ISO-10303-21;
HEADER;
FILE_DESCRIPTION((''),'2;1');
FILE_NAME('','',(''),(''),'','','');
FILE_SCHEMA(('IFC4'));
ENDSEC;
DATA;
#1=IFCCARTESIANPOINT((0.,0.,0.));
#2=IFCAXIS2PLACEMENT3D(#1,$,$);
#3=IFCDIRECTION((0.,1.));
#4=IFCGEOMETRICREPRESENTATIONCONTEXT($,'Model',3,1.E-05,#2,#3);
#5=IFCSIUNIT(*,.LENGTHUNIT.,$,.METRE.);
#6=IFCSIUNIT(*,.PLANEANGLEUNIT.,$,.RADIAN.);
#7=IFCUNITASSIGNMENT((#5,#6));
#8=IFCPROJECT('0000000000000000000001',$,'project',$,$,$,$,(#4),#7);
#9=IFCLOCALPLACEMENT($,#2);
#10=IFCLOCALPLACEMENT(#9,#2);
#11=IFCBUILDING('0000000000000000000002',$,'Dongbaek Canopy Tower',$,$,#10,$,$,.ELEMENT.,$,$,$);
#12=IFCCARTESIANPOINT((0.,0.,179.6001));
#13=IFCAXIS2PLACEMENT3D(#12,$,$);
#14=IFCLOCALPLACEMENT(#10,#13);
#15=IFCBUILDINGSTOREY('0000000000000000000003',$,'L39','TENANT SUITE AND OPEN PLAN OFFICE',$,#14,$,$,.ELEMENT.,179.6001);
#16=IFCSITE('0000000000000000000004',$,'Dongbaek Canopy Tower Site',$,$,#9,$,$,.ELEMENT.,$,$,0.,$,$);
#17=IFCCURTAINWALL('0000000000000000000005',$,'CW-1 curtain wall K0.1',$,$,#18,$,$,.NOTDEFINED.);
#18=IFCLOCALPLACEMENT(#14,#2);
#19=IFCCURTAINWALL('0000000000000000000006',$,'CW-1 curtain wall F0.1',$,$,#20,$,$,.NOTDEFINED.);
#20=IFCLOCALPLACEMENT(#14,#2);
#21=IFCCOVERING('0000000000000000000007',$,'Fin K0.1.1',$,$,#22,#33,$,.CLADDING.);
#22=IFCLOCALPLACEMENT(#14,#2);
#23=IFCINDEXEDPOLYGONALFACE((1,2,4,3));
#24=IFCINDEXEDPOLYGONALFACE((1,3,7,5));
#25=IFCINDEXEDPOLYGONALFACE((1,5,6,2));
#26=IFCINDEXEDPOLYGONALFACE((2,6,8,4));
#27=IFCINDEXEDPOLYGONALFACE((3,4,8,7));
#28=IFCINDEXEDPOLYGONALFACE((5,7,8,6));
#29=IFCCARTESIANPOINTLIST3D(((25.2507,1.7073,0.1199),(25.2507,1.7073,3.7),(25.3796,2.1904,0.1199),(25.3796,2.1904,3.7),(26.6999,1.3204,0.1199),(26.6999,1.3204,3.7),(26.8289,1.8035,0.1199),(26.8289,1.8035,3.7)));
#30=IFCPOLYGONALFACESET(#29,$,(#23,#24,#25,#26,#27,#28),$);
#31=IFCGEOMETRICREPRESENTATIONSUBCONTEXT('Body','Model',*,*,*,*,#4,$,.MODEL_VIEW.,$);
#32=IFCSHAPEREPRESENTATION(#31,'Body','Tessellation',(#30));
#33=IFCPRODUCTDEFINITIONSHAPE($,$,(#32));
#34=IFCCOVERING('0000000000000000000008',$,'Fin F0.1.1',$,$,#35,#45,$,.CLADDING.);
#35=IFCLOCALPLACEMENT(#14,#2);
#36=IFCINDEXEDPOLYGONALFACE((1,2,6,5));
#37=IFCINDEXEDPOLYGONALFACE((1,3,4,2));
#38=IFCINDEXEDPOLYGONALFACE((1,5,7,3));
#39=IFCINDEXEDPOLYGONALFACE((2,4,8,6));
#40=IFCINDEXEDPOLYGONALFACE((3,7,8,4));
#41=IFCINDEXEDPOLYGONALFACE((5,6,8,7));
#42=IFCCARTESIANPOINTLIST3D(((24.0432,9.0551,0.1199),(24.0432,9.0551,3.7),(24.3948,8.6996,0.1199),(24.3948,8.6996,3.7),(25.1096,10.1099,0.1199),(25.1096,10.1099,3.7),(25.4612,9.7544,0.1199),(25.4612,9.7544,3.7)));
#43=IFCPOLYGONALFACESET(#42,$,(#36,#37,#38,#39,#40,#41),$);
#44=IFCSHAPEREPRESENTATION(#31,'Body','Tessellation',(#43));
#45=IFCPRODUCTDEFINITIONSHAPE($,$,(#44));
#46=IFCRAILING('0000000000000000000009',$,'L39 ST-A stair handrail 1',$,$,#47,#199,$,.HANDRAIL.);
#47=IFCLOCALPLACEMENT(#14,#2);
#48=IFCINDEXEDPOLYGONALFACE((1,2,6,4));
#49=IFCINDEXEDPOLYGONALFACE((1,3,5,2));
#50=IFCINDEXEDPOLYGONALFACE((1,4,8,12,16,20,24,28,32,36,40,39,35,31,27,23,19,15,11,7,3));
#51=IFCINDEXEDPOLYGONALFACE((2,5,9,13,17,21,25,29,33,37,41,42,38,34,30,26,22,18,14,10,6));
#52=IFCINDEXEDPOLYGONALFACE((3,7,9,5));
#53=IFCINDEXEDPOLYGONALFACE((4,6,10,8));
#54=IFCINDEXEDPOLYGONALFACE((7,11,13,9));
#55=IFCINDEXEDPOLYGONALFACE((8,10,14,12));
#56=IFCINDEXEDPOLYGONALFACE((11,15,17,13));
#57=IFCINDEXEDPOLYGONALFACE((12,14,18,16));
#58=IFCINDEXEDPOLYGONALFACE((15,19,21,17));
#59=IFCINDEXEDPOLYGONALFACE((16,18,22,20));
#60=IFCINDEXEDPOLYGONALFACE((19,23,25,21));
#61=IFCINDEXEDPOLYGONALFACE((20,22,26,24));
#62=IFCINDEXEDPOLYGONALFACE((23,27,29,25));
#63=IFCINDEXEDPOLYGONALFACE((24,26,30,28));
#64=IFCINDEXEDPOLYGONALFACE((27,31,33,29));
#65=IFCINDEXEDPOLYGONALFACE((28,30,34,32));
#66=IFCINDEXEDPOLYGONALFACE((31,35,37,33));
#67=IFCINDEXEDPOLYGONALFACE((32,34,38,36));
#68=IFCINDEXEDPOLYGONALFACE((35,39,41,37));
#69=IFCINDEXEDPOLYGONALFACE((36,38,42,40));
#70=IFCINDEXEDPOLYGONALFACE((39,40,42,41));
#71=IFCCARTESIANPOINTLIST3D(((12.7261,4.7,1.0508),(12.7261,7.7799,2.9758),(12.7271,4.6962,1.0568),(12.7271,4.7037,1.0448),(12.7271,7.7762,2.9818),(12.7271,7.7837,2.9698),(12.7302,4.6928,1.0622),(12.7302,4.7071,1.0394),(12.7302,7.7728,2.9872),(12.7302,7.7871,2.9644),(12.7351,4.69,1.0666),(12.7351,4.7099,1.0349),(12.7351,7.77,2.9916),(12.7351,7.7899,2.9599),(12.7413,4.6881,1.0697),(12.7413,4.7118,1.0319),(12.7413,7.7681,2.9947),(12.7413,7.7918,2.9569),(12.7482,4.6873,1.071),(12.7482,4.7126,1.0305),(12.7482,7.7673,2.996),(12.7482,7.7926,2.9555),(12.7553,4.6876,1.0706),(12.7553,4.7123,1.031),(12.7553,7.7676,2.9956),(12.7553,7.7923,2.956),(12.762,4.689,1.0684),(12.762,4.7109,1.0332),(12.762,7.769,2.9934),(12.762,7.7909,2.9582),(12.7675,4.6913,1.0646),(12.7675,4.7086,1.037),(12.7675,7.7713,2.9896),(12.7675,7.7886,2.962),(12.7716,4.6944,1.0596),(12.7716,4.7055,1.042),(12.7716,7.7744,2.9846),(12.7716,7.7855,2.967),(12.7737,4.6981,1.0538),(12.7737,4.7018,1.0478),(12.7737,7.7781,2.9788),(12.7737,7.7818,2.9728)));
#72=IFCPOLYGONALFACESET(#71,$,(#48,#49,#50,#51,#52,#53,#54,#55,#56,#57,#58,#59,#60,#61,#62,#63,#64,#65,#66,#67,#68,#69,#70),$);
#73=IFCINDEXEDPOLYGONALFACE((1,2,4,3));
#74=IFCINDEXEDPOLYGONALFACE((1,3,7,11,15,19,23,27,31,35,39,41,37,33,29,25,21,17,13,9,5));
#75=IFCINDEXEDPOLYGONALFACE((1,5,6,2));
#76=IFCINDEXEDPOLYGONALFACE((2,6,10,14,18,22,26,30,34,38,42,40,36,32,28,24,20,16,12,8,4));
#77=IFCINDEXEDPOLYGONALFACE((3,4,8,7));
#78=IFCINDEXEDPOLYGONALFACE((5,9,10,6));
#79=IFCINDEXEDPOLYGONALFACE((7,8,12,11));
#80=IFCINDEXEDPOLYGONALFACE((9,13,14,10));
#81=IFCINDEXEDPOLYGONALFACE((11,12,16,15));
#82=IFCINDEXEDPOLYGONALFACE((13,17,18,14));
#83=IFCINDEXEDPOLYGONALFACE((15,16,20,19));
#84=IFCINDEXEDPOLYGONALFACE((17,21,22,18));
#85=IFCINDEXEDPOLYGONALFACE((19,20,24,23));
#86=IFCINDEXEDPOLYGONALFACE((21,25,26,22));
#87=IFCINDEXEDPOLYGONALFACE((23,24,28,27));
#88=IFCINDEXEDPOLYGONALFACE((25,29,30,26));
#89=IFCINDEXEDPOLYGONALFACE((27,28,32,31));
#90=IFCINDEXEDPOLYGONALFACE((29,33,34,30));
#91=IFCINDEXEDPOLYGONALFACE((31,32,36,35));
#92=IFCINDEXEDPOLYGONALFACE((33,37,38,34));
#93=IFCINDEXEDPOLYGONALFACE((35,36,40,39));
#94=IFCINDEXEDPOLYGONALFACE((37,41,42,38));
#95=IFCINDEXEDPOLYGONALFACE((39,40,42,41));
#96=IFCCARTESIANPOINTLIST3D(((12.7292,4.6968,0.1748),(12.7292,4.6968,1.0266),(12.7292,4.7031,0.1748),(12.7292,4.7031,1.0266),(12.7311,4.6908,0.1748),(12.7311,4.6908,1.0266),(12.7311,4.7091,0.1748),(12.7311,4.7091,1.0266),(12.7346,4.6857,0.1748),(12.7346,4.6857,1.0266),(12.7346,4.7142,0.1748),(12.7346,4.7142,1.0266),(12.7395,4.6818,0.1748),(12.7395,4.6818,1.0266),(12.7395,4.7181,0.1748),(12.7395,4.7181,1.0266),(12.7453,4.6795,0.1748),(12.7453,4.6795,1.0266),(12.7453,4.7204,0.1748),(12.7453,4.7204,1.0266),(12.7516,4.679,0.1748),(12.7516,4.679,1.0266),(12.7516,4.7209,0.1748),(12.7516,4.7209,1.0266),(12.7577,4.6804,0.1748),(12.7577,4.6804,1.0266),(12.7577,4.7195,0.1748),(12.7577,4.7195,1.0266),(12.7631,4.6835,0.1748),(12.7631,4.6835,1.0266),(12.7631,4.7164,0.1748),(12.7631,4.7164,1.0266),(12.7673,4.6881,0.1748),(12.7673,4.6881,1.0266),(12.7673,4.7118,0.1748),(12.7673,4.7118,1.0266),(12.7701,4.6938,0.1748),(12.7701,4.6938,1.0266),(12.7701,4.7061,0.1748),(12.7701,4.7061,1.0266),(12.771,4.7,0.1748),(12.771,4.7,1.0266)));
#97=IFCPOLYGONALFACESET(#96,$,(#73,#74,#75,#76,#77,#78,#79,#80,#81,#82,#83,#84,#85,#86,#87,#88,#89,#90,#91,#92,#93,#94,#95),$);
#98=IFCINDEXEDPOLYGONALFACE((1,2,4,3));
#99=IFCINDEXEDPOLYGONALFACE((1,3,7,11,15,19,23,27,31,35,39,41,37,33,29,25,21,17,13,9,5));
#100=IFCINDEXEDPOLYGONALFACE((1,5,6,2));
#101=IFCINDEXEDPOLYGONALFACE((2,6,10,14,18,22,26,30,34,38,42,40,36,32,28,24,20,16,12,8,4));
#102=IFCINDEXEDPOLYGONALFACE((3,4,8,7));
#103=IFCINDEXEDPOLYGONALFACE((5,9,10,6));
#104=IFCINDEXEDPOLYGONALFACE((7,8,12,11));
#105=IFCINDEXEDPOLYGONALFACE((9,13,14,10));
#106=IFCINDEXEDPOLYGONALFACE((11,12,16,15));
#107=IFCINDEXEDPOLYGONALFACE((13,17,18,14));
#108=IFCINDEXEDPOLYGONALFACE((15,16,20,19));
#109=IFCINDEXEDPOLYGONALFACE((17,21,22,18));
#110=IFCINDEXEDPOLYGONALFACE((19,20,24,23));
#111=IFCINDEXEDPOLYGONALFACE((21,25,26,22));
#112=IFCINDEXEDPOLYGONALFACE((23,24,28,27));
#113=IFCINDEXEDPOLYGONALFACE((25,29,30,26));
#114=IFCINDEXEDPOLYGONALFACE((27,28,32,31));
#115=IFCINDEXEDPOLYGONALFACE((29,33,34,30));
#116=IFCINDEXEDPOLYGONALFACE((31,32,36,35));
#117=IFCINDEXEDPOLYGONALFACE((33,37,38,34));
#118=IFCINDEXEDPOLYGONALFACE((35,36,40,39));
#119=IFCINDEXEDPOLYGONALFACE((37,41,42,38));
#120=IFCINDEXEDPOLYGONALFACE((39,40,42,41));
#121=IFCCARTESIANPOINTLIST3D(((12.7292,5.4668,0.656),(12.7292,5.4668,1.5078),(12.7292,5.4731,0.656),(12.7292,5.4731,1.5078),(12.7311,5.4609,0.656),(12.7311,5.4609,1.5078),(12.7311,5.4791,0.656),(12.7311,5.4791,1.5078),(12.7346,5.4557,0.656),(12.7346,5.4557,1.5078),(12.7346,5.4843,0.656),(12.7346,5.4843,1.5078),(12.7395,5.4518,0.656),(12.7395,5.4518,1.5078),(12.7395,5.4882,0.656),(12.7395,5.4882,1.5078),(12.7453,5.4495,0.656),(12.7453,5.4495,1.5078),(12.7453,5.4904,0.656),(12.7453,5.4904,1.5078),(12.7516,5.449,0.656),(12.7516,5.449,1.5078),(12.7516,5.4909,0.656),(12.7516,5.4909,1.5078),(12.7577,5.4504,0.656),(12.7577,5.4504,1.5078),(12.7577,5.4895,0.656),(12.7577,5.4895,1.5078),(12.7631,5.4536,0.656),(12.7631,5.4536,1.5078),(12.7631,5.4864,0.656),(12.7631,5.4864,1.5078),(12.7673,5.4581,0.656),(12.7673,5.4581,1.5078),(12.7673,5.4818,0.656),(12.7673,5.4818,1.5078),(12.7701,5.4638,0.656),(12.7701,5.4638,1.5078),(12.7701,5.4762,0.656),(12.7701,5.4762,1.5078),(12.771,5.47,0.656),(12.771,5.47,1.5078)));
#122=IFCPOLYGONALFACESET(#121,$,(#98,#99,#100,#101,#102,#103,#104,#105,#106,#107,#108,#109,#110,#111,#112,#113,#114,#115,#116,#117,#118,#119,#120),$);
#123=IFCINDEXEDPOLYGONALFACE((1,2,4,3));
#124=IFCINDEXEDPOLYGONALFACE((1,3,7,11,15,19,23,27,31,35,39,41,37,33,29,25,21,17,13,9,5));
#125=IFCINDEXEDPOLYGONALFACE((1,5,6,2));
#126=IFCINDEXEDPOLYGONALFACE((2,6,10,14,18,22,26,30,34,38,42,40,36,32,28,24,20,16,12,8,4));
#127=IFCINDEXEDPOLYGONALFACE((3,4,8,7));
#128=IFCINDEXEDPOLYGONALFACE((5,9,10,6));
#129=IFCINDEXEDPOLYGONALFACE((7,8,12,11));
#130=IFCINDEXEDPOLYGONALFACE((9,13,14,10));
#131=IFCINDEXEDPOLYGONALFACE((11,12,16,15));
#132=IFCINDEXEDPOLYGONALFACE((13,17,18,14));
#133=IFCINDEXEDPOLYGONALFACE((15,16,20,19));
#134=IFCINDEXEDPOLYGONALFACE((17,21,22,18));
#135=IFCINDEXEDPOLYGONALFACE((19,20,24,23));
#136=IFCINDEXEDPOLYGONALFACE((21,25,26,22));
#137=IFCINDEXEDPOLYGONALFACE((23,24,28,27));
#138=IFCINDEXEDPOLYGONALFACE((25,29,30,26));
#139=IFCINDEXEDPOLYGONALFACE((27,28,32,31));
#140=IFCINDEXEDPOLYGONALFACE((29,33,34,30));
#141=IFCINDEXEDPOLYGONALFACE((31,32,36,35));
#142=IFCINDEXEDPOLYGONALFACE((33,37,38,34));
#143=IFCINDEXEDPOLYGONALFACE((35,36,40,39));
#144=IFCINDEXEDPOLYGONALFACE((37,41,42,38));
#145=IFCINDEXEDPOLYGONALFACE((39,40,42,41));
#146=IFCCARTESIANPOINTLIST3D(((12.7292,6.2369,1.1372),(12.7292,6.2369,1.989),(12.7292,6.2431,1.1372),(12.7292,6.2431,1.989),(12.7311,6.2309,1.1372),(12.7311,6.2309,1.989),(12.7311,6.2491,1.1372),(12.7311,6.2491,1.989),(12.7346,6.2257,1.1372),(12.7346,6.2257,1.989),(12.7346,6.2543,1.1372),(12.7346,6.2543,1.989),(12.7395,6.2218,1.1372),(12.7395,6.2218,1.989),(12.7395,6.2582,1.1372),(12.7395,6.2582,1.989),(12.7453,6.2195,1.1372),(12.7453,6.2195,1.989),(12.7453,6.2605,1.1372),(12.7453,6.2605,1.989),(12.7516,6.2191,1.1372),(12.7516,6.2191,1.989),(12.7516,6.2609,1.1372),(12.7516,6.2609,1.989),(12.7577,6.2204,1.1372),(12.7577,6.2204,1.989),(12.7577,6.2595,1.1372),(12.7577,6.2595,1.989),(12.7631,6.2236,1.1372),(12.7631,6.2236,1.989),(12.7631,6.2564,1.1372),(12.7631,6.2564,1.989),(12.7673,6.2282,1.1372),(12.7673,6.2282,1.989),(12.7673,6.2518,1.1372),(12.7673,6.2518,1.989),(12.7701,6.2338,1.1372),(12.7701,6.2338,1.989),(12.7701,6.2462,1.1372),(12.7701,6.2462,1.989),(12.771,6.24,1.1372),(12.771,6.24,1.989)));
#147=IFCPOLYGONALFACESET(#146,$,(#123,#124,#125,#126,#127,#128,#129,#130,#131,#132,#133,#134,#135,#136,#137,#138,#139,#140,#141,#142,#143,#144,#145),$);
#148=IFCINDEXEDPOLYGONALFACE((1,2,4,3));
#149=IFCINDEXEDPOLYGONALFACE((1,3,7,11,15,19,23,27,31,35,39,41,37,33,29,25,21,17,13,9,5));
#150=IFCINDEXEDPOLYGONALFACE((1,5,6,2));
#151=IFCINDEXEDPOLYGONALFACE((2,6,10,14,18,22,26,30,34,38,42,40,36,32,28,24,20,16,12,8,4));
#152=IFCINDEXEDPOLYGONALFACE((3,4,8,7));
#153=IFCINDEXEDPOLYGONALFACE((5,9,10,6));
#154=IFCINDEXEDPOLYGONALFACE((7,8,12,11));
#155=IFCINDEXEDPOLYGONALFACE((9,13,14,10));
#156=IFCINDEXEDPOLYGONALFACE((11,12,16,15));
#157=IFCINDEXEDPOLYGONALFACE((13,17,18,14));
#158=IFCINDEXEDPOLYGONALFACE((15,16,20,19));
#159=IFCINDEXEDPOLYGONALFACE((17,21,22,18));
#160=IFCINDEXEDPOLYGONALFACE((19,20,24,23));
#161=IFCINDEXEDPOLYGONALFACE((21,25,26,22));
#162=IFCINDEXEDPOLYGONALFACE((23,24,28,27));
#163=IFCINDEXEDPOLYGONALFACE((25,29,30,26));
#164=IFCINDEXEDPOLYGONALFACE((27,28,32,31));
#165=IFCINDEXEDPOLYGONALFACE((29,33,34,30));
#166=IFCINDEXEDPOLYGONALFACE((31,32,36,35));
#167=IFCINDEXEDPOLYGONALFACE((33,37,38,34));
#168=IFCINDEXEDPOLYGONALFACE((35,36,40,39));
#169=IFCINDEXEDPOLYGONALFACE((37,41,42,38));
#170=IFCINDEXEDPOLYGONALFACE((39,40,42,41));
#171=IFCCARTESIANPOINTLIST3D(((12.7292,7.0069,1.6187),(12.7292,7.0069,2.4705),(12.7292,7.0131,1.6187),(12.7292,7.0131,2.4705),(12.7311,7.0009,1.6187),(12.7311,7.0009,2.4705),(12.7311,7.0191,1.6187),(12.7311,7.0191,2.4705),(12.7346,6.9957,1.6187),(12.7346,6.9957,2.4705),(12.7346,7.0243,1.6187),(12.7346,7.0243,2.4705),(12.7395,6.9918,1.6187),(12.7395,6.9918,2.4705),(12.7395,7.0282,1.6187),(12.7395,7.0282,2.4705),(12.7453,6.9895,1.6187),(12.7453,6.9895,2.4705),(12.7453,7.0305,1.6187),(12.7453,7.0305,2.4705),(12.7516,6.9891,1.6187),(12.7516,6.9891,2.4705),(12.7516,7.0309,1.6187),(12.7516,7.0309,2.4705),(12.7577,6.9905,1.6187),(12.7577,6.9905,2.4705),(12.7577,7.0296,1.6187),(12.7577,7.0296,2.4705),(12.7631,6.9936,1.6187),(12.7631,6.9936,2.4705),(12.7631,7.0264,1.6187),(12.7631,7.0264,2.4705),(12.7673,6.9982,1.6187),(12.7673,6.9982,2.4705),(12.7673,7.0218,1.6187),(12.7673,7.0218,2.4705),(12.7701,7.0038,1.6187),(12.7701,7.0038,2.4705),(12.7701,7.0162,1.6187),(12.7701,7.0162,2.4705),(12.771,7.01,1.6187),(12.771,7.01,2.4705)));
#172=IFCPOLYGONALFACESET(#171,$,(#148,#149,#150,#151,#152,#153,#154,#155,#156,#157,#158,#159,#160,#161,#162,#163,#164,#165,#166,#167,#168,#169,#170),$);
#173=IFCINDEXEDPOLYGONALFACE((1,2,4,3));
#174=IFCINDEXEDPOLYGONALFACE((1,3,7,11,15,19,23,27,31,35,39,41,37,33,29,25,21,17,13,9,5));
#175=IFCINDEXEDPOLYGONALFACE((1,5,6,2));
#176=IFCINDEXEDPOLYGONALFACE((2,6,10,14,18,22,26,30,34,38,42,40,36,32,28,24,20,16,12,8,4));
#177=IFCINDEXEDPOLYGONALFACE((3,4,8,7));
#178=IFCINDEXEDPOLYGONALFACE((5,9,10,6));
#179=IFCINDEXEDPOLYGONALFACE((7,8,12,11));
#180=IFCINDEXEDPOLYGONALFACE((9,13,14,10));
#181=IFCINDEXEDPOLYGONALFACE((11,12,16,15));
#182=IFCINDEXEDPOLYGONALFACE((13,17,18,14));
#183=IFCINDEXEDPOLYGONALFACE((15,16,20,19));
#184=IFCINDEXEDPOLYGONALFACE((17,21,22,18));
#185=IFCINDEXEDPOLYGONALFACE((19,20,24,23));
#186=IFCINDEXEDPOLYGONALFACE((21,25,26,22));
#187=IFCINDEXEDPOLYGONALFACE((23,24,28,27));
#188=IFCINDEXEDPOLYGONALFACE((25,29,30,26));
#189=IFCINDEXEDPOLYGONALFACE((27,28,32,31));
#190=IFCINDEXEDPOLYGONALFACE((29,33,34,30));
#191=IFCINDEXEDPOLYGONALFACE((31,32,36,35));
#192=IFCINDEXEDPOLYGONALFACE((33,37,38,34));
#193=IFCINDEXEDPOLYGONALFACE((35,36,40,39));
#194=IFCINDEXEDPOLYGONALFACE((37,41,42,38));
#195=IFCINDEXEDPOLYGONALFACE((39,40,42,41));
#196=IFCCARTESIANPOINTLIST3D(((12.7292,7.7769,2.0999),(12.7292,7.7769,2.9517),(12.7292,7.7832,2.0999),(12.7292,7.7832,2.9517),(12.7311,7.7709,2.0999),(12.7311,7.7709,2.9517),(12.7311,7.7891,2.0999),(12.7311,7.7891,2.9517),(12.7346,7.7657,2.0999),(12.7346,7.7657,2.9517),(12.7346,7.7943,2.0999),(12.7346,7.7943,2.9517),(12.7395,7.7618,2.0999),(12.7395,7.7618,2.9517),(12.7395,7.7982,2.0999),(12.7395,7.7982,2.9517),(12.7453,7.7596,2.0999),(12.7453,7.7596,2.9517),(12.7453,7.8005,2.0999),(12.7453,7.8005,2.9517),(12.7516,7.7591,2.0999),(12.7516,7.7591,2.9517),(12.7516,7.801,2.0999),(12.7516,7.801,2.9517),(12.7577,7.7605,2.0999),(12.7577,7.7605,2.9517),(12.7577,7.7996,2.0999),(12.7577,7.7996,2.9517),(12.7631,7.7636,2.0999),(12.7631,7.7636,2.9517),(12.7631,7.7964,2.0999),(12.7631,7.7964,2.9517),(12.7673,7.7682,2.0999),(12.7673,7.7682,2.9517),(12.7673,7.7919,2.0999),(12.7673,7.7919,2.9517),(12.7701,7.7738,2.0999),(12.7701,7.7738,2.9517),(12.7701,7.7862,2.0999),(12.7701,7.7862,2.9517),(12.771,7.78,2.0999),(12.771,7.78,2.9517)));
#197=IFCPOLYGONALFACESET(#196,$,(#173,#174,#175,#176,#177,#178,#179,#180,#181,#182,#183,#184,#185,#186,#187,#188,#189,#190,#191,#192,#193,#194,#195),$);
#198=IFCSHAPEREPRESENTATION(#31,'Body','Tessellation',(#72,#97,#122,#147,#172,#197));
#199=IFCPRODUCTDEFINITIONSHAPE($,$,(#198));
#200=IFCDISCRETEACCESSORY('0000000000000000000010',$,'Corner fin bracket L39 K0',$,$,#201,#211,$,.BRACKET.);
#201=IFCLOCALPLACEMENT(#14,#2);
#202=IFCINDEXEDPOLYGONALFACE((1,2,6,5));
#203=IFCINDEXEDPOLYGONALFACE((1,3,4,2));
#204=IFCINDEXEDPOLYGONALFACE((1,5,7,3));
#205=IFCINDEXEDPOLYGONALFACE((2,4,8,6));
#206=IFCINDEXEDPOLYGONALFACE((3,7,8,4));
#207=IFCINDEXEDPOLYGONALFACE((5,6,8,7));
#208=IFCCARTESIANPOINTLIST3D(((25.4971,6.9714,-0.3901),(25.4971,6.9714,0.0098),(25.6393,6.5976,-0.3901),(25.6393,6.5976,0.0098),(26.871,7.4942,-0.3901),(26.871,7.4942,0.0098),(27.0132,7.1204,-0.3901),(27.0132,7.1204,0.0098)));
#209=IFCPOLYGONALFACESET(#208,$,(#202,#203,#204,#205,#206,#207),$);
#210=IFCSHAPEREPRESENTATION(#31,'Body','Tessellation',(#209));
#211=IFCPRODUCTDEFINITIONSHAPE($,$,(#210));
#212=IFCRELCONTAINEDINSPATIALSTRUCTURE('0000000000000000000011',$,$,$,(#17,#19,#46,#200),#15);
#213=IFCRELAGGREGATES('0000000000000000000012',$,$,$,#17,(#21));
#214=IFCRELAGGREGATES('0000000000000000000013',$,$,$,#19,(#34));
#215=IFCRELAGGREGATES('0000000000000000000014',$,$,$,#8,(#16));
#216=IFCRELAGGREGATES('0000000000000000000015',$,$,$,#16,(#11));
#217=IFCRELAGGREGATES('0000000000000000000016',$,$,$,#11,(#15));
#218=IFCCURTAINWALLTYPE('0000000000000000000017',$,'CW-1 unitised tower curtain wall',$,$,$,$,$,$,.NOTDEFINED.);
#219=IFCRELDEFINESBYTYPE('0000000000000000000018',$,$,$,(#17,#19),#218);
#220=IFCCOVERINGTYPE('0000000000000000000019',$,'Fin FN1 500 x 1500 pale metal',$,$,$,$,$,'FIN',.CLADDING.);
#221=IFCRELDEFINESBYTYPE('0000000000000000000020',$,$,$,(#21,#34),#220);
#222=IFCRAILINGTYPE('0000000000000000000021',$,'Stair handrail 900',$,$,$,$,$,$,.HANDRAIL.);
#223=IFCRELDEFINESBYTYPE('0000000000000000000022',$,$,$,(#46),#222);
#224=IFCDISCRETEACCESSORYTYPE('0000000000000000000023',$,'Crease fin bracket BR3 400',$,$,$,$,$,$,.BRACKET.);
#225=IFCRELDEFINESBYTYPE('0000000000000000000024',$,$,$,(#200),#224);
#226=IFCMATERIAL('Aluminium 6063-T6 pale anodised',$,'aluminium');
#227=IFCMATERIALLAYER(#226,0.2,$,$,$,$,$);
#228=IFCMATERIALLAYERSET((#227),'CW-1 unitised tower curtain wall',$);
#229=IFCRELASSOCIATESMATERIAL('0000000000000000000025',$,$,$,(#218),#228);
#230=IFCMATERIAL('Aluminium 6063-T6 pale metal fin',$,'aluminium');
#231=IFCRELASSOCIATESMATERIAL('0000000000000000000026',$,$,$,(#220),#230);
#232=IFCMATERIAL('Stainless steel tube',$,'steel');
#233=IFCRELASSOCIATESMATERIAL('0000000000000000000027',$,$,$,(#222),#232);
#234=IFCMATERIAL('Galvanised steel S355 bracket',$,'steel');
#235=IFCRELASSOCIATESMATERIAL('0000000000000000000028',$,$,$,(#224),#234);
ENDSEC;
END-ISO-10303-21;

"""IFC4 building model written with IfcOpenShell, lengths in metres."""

from ifc_helpers import new_model, si_unit, direction, frame, origin, origin_2d, place, context, subcontext, project, spatial, rectangle, circle, extrude, material, layer, layer_set, material_profile, profile_set, type_object, element, aggregate, save


model = new_model("IFC4")

# Units and contexts
model_context = context("Model", 3, precision=1e-05, world=origin(), true_north=direction((0.0, 1.0)))
body_context = subcontext(model_context, "Body", "Model", "MODEL_VIEW")
ifc_project = project(units=[si_unit("LENGTHUNIT", "METRE"), si_unit("PLANEANGLEUNIT", "RADIAN")], contexts=[model_context])

# Site, building, storey
site_placement = place(None, origin())
site = spatial("IfcSite", under=ifc_project, at=site_placement, Name="Dongbaek Canopy Tower Site", CompositionType="ELEMENT", RefElevation=0.0)
building_placement = place(site_placement, origin())
building = spatial("IfcBuilding", under=site, at=building_placement, Name="Dongbaek Canopy Tower", CompositionType="ELEMENT")
storey_placement = place(building_placement, frame((0.0, 0.0, 179.6001)))
storey = spatial("IfcBuildingStorey", under=building, at=storey_placement, Name="L39", Description="TENANT SUITE AND OPEN PLAN OFFICE", CompositionType="ELEMENT", Elevation=179.6001)

# Curtain wall
ifc_material_1 = material(Name="Aluminium 6063-T6 pale anodised", Category="aluminium")
ifc_layer_1 = layer(ifc_material_1, 0.2)
ifc_layer_set_1 = layer_set([ifc_layer_1], Name="CW-1 unitised tower curtain wall")
curtain_wall_type = type_object("IfcCurtainWallType", Name="CW-1 unitised tower curtain wall", PredefinedType="NOTDEFINED", material=ifc_layer_set_1)
curtain_wall_1_placement = place(storey_placement, origin())
curtain_wall_1 = element("IfcCurtainWall", 1, at=curtain_wall_1_placement, inside=storey, type_object=curtain_wall_type, Name="CW-1 curtain wall K0.1", PredefinedType="NOTDEFINED")

# Curtain wall
curtain_wall_2_placement = place(storey_placement, origin())
curtain_wall_2 = element("IfcCurtainWall", 2, at=curtain_wall_2_placement, inside=storey, type_object=curtain_wall_type, Name="CW-1 curtain wall F0.1", PredefinedType="NOTDEFINED")

# Coverings
ifc_material_2 = material(Name="Aluminium 6063-T6 pale metal fin", Category="aluminium")
ifc_material_profile_1 = material_profile(ifc_material_2, rectangle(XDim=1.5, YDim=0.5, at=origin_2d()), Name="Fin FN1 500 x 1500 pale metal")
ifc_profile_set_1 = profile_set([ifc_material_profile_1], Name="Aluminium 6063-T6 pale metal fin")
covering_type_1 = type_object("IfcCoveringType", Name="Fin FN1 500 x 1500 pale metal", ElementType="FIN", PredefinedType="CLADDING", material=ifc_profile_set_1)
covering_1_placement = place(storey_placement, frame((26.0398, 1.7554, 0.1199), z_axis=(0.0, 0.0, 1.0), x_axis=(0.966167, -0.257917, 0.0)))
covering_1 = element("IfcCovering", 3, at=covering_1_placement, type_object=covering_type_1, Name="Fin K0.1.1", PredefinedType="CLADDING", context=body_context, shape_type="SweptSolid", body=[
    extrude(rectangle(XDim=1.5, YDim=0.5, at=origin_2d()), origin(), (0.0, 0.0, 1.0), 3.5801),
])
aggregate(curtain_wall_1, [covering_1])
covering_2_placement = place(storey_placement, frame((24.7522, 9.4048, 0.1199), z_axis=(0.0, 0.0, 1.0), x_axis=(0.710991, 0.703201, 0.0)))
covering_2 = element("IfcCovering", 4, at=covering_2_placement, type_object=covering_type_1, Name="Fin F0.1.1", PredefinedType="CLADDING", context=body_context, shape_type="SweptSolid", body=[
    extrude(rectangle(XDim=1.5, YDim=0.5, at=origin_2d()), origin(), (0.0, 0.0, 1.0), 3.5801),
])
aggregate(curtain_wall_2, [covering_2])

# Railing
ifc_material_3 = material(Name="Stainless steel tube", Category="steel")
railing_type = type_object("IfcRailingType", Name="Stair handrail 900", PredefinedType="HANDRAIL", material=ifc_material_3)
railing_placement = place(storey_placement, frame((12.75, 4.7, 0.1748)))
element("IfcRailing", 5, at=railing_placement, inside=storey, type_object=railing_type, Name="L39 ST-A stair handrail 1", PredefinedType="HANDRAIL", context=body_context, shape_type="SweptSolid", body=[
    extrude(circle(Radius=0.0239, at=origin_2d()), frame((0.0, 0.0, 0.876), z_axis=(0.0, 0.847998, 0.529999), x_axis=(-1.0, 0.0, 0.0)), (0.0, 0.0, 1.0), 3.6321),
    extrude(circle(Radius=0.021, at=origin_2d()), origin(), (0.0, 0.0, 1.0), 0.8518),
    extrude(circle(Radius=0.021, at=origin_2d()), frame((0.0, 0.77, 0.4812)), (0.0, 0.0, 1.0), 0.8518),
    extrude(circle(Radius=0.021, at=origin_2d()), frame((0.0, 1.54, 0.9624)), (0.0, 0.0, 1.0), 0.8518),
    extrude(circle(Radius=0.021, at=origin_2d()), frame((0.0, 2.3101, 1.4438)), (0.0, 0.0, 1.0), 0.8518),
    extrude(circle(Radius=0.021, at=origin_2d()), frame((0.0, 3.0801, 1.925)), (0.0, 0.0, 1.0), 0.8518),
])

# Discrete accessory
ifc_material_4 = material(Name="Galvanised steel S355 bracket", Category="steel")
discrete_accessory_type = type_object("IfcDiscreteAccessoryType", Name="Crease fin bracket BR3 400", PredefinedType="BRACKET", material=ifc_material_4)
discrete_accessory_placement = place(storey_placement, frame((26.2551, 7.0459, -0.3901), z_axis=(0.0, 0.0, 1.0), x_axis=(0.934627, 0.355629, 0.0)))
element("IfcDiscreteAccessory", 6, at=discrete_accessory_placement, inside=storey, type_object=discrete_accessory_type, Name="Corner fin bracket L39 K0", PredefinedType="BRACKET", context=body_context, shape_type="SweptSolid", body=[
    extrude(rectangle(XDim=1.47, YDim=0.3999, at=origin_2d()), origin(), (0.0, 0.0, 1.0), 0.3999),
])

save(model, "model.ifc")
